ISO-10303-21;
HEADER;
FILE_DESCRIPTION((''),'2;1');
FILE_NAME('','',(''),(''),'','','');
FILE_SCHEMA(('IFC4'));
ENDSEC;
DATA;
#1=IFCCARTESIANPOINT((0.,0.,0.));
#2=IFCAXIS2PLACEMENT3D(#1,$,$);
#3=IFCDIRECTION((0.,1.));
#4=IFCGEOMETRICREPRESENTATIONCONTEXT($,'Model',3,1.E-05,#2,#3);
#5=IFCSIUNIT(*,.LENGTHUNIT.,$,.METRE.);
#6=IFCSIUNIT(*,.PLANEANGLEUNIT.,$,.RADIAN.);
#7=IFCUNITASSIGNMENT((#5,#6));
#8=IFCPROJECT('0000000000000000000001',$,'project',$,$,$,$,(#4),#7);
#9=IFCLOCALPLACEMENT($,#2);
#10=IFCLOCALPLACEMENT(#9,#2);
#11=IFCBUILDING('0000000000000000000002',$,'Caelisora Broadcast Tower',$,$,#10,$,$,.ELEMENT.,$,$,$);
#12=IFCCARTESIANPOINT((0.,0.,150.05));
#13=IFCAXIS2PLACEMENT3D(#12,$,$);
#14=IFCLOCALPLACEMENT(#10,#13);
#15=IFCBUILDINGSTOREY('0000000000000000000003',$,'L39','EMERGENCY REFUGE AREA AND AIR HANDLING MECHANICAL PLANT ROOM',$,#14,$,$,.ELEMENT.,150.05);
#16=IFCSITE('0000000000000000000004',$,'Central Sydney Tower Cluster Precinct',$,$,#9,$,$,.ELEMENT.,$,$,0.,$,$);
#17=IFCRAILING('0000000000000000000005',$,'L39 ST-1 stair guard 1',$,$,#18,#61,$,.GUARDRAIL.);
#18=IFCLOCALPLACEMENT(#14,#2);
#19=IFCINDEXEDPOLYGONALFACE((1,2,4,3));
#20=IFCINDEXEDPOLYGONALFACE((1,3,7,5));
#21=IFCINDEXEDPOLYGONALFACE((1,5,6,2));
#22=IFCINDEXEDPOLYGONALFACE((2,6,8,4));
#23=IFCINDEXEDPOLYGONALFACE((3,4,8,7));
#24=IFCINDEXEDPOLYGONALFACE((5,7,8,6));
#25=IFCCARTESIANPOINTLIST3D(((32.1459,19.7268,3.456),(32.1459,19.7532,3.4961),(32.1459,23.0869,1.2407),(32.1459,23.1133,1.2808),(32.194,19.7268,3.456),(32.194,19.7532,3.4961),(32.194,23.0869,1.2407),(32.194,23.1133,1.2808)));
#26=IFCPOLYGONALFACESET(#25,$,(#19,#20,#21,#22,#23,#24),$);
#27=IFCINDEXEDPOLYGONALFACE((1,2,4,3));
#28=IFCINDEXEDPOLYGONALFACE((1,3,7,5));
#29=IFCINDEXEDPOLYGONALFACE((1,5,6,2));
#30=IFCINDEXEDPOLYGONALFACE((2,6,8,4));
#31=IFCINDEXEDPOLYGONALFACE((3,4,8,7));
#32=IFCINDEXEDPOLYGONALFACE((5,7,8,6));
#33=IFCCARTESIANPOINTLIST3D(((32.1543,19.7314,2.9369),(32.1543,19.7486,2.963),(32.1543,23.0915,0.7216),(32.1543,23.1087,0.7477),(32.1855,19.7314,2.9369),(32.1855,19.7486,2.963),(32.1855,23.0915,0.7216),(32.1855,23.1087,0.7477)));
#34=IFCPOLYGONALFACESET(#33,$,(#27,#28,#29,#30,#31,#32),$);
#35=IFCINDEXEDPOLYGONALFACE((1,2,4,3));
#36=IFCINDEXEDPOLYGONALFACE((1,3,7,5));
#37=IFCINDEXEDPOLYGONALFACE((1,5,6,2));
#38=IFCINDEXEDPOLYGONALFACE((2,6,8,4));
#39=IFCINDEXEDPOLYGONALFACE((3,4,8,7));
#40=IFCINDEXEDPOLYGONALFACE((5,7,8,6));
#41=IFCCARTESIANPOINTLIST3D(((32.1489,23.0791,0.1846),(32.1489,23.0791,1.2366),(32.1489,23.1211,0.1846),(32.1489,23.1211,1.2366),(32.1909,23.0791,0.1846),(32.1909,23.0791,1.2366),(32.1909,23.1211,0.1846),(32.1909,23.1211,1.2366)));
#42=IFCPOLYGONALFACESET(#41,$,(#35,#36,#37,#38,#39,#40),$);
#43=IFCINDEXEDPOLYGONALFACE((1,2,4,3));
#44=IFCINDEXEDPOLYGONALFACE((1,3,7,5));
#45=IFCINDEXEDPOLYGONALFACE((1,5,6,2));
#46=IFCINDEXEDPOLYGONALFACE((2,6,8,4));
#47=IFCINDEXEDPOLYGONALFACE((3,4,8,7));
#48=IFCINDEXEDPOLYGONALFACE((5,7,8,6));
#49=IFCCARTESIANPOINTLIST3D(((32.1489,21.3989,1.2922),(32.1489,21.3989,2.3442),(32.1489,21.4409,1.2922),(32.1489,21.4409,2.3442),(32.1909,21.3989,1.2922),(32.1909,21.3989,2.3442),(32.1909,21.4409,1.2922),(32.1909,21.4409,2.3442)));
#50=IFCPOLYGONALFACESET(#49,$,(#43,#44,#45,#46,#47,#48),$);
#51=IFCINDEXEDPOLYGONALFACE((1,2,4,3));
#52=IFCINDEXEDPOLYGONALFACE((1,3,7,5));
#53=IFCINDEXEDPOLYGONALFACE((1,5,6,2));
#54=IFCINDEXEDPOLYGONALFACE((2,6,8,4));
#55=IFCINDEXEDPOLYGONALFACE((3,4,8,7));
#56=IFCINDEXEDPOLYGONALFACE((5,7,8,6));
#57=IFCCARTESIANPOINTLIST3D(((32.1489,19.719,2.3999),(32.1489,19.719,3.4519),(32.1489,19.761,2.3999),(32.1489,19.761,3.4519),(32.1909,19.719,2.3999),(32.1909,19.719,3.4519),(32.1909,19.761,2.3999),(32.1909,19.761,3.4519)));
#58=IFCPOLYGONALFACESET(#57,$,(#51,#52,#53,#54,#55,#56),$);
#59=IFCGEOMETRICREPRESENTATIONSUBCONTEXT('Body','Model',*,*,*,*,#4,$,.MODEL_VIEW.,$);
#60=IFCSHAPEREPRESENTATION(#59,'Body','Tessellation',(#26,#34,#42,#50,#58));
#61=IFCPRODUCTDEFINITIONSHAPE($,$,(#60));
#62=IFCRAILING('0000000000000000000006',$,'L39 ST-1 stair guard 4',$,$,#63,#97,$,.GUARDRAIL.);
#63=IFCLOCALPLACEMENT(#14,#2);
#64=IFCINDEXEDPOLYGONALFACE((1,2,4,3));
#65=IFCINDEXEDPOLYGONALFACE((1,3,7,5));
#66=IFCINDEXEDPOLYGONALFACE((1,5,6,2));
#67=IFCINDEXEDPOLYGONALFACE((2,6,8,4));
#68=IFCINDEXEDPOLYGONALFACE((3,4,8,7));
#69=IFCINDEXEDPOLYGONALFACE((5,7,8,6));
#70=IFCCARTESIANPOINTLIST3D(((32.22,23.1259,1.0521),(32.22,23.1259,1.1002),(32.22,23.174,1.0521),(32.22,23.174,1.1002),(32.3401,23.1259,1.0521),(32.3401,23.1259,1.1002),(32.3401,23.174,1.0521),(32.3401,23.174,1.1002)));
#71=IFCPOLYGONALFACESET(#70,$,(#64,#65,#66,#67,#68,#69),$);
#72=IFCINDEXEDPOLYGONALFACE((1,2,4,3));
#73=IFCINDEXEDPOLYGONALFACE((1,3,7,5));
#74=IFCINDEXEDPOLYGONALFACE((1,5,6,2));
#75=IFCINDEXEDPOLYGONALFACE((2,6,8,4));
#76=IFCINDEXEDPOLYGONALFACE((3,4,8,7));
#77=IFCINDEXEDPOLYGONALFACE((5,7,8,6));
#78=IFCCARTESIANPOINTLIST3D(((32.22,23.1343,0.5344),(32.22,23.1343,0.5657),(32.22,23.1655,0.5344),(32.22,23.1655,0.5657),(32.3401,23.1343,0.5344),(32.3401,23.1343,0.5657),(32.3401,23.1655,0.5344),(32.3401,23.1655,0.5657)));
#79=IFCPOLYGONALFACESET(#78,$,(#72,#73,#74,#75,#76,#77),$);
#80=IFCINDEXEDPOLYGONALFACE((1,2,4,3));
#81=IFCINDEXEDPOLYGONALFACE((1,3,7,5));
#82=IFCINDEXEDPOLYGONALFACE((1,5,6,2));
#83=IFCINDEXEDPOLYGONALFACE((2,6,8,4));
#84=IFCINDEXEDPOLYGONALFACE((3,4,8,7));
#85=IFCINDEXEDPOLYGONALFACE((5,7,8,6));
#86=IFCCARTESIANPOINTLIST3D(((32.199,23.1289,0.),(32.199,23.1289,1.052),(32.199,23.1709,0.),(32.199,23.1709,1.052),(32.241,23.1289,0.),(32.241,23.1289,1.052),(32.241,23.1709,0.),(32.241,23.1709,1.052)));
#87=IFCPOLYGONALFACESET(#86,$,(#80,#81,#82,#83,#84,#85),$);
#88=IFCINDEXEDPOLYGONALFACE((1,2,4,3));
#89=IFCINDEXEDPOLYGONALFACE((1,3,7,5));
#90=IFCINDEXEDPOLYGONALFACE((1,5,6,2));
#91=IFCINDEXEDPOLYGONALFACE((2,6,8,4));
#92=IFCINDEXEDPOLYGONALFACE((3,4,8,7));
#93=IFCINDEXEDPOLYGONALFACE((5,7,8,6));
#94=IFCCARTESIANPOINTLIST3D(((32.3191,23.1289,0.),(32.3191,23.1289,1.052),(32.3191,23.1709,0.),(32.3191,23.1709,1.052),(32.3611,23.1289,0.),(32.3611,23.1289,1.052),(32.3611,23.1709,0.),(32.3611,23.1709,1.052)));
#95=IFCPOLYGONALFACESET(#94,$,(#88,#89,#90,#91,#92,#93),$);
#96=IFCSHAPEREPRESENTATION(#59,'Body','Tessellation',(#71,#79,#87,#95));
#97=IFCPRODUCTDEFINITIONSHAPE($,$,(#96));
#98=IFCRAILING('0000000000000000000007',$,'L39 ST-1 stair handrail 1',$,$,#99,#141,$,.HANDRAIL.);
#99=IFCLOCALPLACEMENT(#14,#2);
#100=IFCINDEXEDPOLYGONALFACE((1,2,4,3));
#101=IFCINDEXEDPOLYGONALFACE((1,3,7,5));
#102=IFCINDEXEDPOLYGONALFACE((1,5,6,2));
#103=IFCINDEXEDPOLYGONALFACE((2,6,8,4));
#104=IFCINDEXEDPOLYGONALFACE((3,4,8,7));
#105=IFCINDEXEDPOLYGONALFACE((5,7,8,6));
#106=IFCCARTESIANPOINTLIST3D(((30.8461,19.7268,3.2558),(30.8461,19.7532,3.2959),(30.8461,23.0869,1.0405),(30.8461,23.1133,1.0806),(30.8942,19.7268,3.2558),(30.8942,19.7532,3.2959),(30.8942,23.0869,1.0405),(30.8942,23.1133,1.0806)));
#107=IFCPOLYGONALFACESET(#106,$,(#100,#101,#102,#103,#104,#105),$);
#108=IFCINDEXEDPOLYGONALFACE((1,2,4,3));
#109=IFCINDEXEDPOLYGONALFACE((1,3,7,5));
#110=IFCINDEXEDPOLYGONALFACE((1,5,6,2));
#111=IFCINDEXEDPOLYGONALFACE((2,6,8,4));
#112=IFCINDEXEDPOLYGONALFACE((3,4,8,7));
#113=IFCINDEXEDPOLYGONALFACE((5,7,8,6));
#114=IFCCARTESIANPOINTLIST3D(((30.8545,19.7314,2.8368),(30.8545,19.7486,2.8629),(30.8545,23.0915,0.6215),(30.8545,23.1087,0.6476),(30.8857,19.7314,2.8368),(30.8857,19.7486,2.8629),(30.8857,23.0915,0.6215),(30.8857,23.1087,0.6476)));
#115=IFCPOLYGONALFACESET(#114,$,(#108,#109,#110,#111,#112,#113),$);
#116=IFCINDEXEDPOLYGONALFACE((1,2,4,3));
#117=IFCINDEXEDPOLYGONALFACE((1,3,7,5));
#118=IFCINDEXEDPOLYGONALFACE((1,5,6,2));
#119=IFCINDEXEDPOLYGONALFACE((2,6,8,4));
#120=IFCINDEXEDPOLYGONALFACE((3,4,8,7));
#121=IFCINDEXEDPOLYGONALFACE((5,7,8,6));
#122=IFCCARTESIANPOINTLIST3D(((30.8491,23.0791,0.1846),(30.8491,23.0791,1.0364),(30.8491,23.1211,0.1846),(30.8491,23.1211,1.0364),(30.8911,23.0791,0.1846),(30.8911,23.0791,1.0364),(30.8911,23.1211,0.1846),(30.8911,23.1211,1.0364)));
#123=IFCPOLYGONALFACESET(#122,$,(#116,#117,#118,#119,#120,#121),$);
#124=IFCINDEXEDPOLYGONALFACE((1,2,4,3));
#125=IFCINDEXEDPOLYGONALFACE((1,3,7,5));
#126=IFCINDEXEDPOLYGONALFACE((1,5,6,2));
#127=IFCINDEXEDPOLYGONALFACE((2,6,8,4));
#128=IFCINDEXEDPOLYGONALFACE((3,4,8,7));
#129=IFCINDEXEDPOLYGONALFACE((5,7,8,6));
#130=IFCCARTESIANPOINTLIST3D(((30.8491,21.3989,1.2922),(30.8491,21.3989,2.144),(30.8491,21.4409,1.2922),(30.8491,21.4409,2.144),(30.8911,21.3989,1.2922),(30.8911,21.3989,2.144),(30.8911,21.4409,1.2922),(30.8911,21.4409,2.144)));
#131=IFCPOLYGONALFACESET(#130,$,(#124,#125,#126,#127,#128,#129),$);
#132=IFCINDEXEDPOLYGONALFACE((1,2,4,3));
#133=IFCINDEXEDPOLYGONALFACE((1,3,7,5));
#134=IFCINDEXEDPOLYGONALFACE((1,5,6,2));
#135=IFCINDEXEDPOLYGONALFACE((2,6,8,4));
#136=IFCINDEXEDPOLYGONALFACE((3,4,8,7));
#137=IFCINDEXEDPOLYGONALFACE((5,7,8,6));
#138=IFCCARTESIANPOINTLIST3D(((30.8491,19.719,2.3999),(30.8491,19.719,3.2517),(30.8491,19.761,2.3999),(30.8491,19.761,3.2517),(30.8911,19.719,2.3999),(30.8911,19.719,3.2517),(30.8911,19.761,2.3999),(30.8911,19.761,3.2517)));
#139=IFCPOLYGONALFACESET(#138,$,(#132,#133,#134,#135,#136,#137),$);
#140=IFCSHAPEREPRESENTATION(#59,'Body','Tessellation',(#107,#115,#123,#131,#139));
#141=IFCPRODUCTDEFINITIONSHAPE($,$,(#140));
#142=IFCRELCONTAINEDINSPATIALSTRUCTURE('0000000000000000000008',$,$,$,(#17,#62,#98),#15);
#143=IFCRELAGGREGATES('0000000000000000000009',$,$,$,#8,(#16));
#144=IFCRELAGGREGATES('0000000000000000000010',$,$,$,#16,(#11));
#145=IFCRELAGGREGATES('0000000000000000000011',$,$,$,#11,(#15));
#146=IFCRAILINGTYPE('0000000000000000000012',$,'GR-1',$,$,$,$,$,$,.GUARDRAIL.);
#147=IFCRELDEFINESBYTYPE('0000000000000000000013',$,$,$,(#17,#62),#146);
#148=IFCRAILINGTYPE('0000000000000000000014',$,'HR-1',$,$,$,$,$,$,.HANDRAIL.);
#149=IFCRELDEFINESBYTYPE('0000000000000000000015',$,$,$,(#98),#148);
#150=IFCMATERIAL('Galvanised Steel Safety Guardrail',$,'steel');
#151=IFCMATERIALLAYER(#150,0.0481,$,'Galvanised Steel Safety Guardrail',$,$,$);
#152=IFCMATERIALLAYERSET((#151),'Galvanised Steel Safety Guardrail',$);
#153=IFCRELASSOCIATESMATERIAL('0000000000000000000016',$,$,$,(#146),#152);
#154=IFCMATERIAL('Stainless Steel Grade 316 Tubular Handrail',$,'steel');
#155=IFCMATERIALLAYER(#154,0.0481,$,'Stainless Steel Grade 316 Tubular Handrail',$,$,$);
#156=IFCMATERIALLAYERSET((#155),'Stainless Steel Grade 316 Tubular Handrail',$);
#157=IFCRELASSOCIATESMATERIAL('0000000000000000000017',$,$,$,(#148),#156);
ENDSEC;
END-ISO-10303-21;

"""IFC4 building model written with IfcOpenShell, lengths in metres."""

from ifc_helpers import new_model, si_unit, direction, frame, origin, origin_2d, place, context, subcontext, project, spatial, rectangle, extrude, material, layer, layer_set, type_object, element, save


model = new_model("IFC4")

# Units and contexts
model_context = context("Model", 3, precision=1e-05, world=origin(), true_north=direction((0.0, 1.0)))
body_context = subcontext(model_context, "Body", "Model", "MODEL_VIEW")
ifc_project = project(units=[si_unit("LENGTHUNIT", "METRE"), si_unit("PLANEANGLEUNIT", "RADIAN")], contexts=[model_context])

# Site, building, storey
site_placement = place(None, origin())
site = spatial("IfcSite", under=ifc_project, at=site_placement, Name="Central Sydney Tower Cluster Precinct", CompositionType="ELEMENT", RefElevation=0.0)
building_placement = place(site_placement, origin())
building = spatial("IfcBuilding", under=site, at=building_placement, Name="Caelisora Broadcast Tower", CompositionType="ELEMENT")
storey_placement = place(building_placement, frame((0.0, 0.0, 150.05)))
storey = spatial("IfcBuildingStorey", under=building, at=storey_placement, Name="L39", Description="EMERGENCY REFUGE AREA AND AIR HANDLING MECHANICAL PLANT ROOM", CompositionType="ELEMENT", Elevation=150.05)

# Railings
ifc_material_1 = material(Name="Galvanised Steel Safety Guardrail", Category="steel")
ifc_layer_1 = layer(ifc_material_1, 0.0481, Name="Galvanised Steel Safety Guardrail")
ifc_layer_set_1 = layer_set([ifc_layer_1], Name="Galvanised Steel Safety Guardrail")
railing_type_1 = type_object("IfcRailingType", Name="GR-1", PredefinedType="GUARDRAIL", material=ifc_layer_set_1)
railing_1_placement = place(storey_placement, frame((32.1699, 23.1001, 0.1846)))
element("IfcRailing", 1, at=railing_1_placement, inside=storey, type_object=railing_type_1, Name="L39 ST-1 stair guard 1", PredefinedType="GUARDRAIL", context=body_context, shape_type="SweptSolid", body=[
    extrude(rectangle(XDim=0.0481, YDim=0.0481, at=origin_2d()), frame((0.0, 0.0, 1.0762), z_axis=(0.0, -0.834876, 0.550437), x_axis=(1.0, 0.0, 0.0)), (0.0, 0.0, 1.0), 4.0247),
    extrude(rectangle(XDim=0.0312, YDim=0.0312, at=origin_2d()), frame((0.0, 0.0, 0.55), z_axis=(0.0, -0.834876, 0.550437), x_axis=(1.0, 0.0, 0.0)), (0.0, 0.0, 1.0), 4.0247),
    extrude(rectangle(XDim=0.042, YDim=0.042, at=origin_2d()), origin(), (0.0, 0.0, 1.0), 1.052),
    extrude(rectangle(XDim=0.042, YDim=0.042, at=origin_2d()), frame((0.0, -1.6802, 1.1077)), (0.0, 0.0, 1.0), 1.052),
    extrude(rectangle(XDim=0.042, YDim=0.042, at=origin_2d()), frame((0.0, -3.3601, 2.2153)), (0.0, 0.0, 1.0), 1.052),
])
railing_2_placement = place(storey_placement, frame((32.22, 23.1499, 0.0)))
element("IfcRailing", 2, at=railing_2_placement, inside=storey, type_object=railing_type_1, Name="L39 ST-1 stair guard 4", PredefinedType="GUARDRAIL", context=body_context, shape_type="SweptSolid", body=[
    extrude(rectangle(XDim=0.0481, YDim=0.0481, at=origin_2d()), frame((0.0, 0.0, 1.0762), z_axis=(1.0, 0.0, 0.0), x_axis=(0.0, 1.0, 0.0)), (0.0, 0.0, 1.0), 0.1201),
    extrude(rectangle(XDim=0.0312, YDim=0.0312, at=origin_2d()), frame((0.0, 0.0, 0.55), z_axis=(1.0, 0.0, 0.0), x_axis=(0.0, 1.0, 0.0)), (0.0, 0.0, 1.0), 0.1201),
    extrude(rectangle(XDim=0.042, YDim=0.042, at=origin_2d()), origin(), (0.0, 0.0, 1.0), 1.052),
    extrude(rectangle(XDim=0.042, YDim=0.042, at=origin_2d()), frame((0.1201, 0.0, 0.0)), (0.0, 0.0, 1.0), 1.052),
])
ifc_material_2 = material(Name="Stainless Steel Grade 316 Tubular Handrail", Category="steel")
ifc_layer_2 = layer(ifc_material_2, 0.0481, Name="Stainless Steel Grade 316 Tubular Handrail")
ifc_layer_set_2 = layer_set([ifc_layer_2], Name="Stainless Steel Grade 316 Tubular Handrail")
railing_type_2 = type_object("IfcRailingType", Name="HR-1", PredefinedType="HANDRAIL", material=ifc_layer_set_2)
railing_3_placement = place(storey_placement, frame((30.8701, 23.1001, 0.1846)))
element("IfcRailing", 3, at=railing_3_placement, inside=storey, type_object=railing_type_2, Name="L39 ST-1 stair handrail 1", PredefinedType="HANDRAIL", context=body_context, shape_type="SweptSolid", body=[
    extrude(rectangle(XDim=0.0481, YDim=0.0481, at=origin_2d()), frame((0.0, 0.0, 0.876), z_axis=(0.0, -0.834876, 0.550437), x_axis=(1.0, 0.0, 0.0)), (0.0, 0.0, 1.0), 4.0247),
    extrude(rectangle(XDim=0.0312, YDim=0.0312, at=origin_2d()), frame((0.0, 0.0, 0.45), z_axis=(0.0, -0.834876, 0.550437), x_axis=(1.0, 0.0, 0.0)), (0.0, 0.0, 1.0), 4.0247),
    extrude(rectangle(XDim=0.042, YDim=0.042, at=origin_2d()), origin(), (0.0, 0.0, 1.0), 0.8518),
    extrude(rectangle(XDim=0.042, YDim=0.042, at=origin_2d()), frame((0.0, -1.6802, 1.1077)), (0.0, 0.0, 1.0), 0.8518),
    extrude(rectangle(XDim=0.042, YDim=0.042, at=origin_2d()), frame((0.0, -3.3601, 2.2153)), (0.0, 0.0, 1.0), 0.8518),
])

save(model, "model.ifc")
